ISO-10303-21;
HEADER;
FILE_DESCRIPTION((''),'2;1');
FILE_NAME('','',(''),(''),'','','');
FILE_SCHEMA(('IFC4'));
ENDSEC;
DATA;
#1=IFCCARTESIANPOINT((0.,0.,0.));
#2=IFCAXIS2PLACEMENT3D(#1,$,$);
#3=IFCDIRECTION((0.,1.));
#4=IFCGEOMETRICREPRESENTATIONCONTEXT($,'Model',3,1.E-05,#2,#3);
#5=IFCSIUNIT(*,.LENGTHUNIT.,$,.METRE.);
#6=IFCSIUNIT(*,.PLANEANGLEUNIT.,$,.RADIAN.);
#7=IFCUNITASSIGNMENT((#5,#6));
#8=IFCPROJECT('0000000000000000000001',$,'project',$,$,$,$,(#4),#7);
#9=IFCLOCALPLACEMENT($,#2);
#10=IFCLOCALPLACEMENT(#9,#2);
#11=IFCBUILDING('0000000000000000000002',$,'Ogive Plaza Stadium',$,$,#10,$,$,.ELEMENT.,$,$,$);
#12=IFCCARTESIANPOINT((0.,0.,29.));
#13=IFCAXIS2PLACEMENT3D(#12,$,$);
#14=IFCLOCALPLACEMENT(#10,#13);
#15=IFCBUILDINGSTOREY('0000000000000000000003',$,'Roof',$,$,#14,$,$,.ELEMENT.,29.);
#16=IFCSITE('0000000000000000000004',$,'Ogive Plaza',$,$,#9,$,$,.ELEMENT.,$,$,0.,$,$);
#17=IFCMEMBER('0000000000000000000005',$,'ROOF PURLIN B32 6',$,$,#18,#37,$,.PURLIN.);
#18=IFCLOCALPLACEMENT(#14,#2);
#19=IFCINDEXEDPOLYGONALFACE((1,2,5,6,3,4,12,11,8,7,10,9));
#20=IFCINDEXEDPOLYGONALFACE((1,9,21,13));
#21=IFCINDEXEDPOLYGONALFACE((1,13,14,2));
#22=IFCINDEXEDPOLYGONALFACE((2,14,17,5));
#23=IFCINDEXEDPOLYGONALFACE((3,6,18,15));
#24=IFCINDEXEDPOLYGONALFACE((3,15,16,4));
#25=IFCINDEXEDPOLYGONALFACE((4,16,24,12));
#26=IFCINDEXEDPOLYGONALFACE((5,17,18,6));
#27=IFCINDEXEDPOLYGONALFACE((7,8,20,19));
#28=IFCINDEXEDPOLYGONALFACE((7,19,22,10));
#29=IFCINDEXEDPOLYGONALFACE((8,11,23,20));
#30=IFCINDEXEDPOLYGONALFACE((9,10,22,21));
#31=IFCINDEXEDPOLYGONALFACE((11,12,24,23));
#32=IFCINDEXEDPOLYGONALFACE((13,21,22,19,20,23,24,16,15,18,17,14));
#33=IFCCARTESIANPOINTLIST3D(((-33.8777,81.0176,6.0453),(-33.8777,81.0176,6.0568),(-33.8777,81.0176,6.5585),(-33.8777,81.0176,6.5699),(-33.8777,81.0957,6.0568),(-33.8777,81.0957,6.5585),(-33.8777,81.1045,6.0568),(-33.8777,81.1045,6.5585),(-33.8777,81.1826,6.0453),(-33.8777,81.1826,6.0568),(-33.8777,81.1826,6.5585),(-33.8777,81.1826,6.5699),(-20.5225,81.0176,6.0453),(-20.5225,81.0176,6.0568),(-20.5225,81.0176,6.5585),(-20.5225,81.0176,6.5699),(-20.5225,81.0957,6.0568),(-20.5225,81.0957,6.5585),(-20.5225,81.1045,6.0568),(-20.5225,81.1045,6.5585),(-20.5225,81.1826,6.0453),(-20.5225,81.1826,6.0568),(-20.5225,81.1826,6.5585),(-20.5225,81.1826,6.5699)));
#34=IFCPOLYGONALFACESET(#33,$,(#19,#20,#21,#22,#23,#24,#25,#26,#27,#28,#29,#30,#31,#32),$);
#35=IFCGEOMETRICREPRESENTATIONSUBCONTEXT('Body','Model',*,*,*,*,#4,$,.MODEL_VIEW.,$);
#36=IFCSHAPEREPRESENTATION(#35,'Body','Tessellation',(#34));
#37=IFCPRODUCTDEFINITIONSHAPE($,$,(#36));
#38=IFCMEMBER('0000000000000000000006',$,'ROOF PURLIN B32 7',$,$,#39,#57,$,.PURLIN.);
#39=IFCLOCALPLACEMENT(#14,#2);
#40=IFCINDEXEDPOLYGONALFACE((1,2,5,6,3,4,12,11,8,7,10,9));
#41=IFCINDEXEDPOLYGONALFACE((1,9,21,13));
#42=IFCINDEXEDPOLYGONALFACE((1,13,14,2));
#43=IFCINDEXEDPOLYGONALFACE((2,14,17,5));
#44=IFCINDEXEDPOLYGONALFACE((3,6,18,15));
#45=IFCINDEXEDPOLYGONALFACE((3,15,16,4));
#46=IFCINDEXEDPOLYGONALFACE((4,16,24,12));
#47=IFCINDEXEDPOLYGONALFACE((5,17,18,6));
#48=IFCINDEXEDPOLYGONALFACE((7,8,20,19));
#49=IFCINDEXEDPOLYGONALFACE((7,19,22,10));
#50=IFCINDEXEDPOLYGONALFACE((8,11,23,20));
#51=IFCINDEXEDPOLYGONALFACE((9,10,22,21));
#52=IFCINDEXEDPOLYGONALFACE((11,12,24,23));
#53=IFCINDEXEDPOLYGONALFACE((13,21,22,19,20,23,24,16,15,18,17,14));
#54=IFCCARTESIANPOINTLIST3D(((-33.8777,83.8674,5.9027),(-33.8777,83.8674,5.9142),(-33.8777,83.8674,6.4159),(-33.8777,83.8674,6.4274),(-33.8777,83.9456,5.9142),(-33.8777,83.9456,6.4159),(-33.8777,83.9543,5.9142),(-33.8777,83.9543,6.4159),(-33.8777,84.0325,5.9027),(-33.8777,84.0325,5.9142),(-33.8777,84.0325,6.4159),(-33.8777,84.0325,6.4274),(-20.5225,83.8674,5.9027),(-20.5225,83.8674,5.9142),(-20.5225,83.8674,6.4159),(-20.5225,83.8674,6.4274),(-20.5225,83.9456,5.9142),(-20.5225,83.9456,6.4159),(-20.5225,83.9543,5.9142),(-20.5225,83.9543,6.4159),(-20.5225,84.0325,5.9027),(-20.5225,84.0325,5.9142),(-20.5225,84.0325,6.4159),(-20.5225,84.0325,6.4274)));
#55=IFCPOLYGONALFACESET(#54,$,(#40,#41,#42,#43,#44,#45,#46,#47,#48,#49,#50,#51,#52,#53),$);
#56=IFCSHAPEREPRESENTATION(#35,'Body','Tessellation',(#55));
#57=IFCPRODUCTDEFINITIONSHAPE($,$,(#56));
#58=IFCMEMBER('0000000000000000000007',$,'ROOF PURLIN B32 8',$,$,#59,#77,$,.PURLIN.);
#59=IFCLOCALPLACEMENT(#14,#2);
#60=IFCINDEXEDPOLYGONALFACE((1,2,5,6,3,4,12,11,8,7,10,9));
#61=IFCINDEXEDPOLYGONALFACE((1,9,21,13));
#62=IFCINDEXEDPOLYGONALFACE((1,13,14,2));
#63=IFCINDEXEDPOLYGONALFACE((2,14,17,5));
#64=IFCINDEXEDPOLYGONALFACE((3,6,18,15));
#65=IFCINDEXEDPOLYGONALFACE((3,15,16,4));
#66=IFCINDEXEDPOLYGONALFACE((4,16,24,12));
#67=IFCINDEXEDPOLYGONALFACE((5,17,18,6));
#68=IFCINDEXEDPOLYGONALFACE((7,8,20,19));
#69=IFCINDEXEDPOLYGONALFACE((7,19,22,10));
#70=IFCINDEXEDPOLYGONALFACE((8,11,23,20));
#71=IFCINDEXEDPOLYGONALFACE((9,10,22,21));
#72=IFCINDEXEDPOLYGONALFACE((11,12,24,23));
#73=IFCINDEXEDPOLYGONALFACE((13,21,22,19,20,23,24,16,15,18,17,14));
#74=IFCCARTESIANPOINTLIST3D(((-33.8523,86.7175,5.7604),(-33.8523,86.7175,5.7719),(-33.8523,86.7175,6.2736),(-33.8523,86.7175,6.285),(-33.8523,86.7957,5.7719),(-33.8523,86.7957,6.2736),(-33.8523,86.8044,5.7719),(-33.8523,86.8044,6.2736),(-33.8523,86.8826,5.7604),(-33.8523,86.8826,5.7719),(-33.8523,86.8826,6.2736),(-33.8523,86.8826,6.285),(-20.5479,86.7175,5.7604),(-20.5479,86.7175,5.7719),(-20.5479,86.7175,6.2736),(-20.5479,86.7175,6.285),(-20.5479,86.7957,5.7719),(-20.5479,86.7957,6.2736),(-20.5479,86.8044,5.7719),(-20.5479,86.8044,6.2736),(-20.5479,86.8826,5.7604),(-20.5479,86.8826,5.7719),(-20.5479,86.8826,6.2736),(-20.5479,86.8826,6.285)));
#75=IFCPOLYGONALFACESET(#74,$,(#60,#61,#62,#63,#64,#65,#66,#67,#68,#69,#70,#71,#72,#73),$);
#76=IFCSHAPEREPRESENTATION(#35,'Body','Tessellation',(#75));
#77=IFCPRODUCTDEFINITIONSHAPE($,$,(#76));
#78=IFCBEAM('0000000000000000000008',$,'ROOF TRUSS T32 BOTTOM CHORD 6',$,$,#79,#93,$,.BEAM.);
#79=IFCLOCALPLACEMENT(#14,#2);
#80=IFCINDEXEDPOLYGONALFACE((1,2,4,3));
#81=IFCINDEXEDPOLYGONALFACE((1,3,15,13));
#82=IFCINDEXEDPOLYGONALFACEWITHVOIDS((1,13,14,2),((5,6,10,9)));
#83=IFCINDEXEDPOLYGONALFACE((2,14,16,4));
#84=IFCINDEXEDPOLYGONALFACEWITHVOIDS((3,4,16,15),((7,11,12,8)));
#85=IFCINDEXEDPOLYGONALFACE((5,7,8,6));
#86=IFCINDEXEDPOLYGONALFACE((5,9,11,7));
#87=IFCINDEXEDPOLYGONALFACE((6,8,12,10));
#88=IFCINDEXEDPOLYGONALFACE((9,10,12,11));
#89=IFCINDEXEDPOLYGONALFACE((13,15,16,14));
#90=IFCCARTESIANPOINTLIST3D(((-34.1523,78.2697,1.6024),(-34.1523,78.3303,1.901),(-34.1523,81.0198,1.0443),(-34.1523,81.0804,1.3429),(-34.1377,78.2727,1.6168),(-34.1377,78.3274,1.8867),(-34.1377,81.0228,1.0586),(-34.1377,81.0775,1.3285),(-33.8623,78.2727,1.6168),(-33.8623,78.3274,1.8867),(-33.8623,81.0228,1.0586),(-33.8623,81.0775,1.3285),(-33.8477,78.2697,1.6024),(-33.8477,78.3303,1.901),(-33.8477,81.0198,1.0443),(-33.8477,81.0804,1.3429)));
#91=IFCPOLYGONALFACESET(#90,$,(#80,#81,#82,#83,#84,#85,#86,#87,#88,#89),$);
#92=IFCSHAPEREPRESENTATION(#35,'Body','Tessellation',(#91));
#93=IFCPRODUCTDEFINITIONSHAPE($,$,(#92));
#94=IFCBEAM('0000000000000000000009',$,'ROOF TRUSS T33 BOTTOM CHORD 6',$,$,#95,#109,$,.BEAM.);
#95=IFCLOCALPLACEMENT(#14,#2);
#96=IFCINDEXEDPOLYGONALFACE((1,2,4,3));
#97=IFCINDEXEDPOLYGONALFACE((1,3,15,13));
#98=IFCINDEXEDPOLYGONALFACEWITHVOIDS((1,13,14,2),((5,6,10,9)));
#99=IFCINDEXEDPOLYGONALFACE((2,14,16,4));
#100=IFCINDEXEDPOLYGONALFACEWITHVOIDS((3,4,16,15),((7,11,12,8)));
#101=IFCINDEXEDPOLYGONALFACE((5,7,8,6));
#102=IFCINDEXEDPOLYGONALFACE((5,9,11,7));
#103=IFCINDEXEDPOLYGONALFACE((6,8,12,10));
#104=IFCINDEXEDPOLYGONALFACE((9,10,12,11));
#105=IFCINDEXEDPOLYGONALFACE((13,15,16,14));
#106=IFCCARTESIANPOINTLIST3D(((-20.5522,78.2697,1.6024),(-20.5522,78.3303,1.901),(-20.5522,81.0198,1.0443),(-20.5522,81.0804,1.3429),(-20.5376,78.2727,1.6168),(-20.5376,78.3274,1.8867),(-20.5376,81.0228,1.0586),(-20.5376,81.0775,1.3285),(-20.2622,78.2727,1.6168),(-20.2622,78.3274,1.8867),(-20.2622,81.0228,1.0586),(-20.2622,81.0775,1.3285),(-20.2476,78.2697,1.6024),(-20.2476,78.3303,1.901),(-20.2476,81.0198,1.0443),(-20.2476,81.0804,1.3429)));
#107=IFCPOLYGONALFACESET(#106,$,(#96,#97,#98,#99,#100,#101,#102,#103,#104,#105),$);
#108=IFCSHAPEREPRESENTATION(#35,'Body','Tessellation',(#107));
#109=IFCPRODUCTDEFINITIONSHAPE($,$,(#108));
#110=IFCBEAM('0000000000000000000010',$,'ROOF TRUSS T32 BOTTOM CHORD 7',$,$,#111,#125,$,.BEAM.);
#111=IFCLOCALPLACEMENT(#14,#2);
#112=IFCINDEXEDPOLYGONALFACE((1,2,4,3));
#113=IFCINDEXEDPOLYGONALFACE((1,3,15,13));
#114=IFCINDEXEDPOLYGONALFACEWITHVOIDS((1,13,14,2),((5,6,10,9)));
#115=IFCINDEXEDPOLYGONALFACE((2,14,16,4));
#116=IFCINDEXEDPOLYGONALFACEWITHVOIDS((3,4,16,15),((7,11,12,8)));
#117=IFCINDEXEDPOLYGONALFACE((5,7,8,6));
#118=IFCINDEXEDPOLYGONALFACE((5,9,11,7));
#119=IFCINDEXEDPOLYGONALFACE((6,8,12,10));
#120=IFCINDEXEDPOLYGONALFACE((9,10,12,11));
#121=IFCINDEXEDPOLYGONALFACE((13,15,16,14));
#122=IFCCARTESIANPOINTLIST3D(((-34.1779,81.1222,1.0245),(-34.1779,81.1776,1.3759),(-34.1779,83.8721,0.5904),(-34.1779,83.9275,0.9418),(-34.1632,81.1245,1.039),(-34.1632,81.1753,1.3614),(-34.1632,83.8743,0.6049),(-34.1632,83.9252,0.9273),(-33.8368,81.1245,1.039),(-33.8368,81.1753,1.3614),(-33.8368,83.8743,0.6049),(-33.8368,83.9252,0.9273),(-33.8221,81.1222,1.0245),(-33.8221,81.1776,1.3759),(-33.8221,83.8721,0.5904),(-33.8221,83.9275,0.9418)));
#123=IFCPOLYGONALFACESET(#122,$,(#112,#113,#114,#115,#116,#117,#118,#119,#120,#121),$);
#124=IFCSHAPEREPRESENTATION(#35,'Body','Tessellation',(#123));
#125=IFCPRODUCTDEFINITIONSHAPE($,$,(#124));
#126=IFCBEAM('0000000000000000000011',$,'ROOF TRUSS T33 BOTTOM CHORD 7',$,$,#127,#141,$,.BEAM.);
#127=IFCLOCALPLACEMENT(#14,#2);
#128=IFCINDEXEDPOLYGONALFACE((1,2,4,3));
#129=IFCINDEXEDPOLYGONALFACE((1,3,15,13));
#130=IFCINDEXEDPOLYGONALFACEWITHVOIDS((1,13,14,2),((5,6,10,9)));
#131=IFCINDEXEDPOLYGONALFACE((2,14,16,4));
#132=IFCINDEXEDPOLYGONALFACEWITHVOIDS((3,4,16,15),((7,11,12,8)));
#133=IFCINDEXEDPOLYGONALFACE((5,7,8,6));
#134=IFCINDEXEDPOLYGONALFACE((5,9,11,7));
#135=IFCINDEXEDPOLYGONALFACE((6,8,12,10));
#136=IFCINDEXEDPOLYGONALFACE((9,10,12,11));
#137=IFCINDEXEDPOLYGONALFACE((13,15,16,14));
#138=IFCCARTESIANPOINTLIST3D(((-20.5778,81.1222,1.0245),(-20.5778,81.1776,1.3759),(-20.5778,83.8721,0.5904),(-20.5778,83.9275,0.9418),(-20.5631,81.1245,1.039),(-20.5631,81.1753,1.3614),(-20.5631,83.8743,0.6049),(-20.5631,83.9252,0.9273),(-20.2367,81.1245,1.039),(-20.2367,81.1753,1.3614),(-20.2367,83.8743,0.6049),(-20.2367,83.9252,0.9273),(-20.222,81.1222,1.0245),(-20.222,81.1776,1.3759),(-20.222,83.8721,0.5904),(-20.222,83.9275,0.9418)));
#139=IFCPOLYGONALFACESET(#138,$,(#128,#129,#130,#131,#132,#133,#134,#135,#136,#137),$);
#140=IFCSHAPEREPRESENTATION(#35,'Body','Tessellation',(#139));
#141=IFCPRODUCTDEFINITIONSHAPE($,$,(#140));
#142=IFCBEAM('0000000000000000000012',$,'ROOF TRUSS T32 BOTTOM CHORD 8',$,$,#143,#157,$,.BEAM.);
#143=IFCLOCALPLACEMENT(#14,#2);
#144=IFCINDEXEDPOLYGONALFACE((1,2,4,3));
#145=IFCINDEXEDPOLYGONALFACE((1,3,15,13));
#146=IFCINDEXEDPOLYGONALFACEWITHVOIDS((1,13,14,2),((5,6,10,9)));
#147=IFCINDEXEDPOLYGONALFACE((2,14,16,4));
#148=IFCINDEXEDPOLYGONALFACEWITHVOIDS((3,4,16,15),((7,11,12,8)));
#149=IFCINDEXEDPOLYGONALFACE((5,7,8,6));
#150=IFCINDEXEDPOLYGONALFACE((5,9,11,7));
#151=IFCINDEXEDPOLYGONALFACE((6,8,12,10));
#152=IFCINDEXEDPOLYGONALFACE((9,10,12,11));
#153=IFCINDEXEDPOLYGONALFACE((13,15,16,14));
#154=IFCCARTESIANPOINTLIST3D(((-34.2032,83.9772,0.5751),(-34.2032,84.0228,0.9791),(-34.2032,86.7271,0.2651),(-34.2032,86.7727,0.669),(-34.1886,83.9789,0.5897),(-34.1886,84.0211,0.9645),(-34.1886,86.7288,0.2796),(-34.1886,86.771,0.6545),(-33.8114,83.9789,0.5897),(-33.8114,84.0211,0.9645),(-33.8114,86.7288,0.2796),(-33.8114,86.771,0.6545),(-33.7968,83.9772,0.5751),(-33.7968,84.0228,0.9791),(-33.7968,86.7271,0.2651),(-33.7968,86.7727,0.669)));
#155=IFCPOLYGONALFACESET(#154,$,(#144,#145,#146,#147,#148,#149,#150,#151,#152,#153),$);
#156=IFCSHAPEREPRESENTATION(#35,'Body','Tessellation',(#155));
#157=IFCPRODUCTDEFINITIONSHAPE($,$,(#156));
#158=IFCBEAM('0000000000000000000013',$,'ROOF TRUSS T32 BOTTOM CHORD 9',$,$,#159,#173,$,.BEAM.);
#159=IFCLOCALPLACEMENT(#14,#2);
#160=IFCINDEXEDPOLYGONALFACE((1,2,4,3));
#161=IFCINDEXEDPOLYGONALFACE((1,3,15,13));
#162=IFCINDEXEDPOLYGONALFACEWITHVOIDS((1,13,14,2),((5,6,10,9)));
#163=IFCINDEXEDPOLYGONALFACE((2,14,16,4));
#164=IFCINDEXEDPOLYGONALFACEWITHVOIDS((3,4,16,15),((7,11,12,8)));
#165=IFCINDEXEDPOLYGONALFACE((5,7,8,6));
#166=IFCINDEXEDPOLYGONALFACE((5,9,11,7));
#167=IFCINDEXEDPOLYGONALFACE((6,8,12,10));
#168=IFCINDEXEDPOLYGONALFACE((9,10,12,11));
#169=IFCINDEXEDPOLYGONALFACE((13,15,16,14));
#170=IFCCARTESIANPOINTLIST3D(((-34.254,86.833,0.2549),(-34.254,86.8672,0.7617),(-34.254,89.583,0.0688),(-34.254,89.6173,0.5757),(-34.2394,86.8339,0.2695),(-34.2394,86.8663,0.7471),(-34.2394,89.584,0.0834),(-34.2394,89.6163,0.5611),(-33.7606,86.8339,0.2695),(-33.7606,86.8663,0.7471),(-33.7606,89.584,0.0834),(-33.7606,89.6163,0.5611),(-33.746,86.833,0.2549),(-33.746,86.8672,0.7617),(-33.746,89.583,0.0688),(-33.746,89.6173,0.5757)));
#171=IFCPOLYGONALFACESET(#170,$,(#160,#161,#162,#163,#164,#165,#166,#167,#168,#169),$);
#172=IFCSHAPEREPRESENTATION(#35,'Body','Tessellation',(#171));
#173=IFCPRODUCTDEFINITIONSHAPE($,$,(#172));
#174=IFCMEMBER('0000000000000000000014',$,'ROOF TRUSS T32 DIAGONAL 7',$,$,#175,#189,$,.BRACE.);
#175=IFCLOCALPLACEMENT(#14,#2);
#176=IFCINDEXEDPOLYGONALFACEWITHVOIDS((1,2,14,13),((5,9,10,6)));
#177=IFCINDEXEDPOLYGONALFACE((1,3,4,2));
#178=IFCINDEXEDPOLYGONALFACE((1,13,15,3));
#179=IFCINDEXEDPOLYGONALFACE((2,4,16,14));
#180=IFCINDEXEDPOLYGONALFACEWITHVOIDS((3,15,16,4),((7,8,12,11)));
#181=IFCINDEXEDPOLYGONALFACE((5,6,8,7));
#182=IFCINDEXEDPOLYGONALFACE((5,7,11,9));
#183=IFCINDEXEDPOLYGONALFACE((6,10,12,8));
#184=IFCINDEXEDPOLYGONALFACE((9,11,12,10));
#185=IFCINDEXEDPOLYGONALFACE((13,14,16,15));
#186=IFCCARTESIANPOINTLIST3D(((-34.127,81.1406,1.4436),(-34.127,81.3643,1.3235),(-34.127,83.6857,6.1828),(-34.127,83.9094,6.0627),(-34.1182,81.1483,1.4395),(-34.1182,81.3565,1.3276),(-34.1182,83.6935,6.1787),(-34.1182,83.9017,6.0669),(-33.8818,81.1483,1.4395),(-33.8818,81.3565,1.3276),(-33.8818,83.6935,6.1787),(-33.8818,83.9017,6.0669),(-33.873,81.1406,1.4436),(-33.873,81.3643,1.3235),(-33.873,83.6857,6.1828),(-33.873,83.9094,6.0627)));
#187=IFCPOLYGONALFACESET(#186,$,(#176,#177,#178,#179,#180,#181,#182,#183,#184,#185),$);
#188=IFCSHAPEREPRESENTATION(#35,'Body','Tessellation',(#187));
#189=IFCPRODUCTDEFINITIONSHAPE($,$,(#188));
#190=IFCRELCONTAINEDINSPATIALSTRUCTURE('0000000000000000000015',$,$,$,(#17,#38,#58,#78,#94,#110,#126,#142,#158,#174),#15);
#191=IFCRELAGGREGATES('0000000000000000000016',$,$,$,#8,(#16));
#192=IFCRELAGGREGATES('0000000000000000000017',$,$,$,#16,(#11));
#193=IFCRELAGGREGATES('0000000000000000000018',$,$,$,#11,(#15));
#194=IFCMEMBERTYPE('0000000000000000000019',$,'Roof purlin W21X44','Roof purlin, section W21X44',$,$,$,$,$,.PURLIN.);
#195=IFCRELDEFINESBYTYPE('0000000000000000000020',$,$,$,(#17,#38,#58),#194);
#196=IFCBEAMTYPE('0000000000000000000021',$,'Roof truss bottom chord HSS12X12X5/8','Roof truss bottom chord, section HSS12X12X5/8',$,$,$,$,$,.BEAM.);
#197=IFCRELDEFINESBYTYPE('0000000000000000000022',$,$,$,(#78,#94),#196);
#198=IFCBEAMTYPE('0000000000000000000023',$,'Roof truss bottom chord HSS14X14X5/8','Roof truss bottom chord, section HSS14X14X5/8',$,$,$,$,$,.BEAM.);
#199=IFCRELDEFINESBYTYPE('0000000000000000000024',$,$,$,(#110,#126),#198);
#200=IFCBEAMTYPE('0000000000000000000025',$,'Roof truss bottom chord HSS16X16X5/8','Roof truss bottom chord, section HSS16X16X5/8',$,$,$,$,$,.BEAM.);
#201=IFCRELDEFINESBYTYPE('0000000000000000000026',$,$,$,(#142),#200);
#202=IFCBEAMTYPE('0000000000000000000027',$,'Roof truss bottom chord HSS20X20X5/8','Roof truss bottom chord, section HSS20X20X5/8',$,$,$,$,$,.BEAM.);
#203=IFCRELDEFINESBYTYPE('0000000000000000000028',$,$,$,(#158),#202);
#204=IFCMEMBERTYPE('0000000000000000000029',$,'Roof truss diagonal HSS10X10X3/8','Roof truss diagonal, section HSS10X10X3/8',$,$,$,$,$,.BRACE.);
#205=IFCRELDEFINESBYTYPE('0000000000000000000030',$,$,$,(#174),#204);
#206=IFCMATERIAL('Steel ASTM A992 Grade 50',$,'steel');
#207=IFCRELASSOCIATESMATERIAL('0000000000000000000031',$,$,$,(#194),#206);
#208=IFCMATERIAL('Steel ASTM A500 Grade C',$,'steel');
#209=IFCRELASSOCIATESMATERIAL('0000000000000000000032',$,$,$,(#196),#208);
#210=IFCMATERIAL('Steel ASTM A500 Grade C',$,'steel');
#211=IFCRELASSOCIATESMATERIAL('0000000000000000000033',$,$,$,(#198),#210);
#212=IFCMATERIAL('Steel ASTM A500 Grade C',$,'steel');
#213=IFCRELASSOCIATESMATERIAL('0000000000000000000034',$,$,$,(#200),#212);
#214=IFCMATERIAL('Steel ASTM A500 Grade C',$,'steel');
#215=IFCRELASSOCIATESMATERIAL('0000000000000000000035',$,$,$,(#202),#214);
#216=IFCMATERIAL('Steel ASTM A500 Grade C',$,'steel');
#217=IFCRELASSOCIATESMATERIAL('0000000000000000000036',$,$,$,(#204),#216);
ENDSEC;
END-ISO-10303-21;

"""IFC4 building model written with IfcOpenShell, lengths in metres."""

from ifc_helpers import new_model, si_unit, direction, frame, origin, origin_2d, place, context, subcontext, project, spatial, hollow_rectangle, i_section, extrude, material, material_profile, profile_set, type_object, element, save


model = new_model("IFC4")

# Units and contexts
model_context = context("Model", 3, precision=1e-05, world=origin(), true_north=direction((0.0, 1.0)))
body_context = subcontext(model_context, "Body", "Model", "MODEL_VIEW")
ifc_project = project(units=[si_unit("LENGTHUNIT", "METRE"), si_unit("PLANEANGLEUNIT", "RADIAN")], contexts=[model_context])

# Site, building, storey
site_placement = place(None, origin())
site = spatial("IfcSite", under=ifc_project, at=site_placement, Name="Ogive Plaza", CompositionType="ELEMENT", RefElevation=0.0)
building_placement = place(site_placement, origin())
building = spatial("IfcBuilding", under=site, at=building_placement, Name="Ogive Plaza Stadium", CompositionType="ELEMENT")
storey_placement = place(building_placement, frame((0.0, 0.0, 29.0)))
storey = spatial("IfcBuildingStorey", under=building, at=storey_placement, Name="Roof", CompositionType="ELEMENT", Elevation=29.0)

# Members
ifc_material_1 = material(Name="Steel ASTM A992 Grade 50", Category="steel")
ifc_material_profile_1 = material_profile(ifc_material_1, i_section(OverallWidth=0.165, OverallDepth=0.5247, WebThickness=0.0088, FlangeThickness=0.0115, at=origin_2d()), Name="W21X44")
ifc_profile_set_1 = profile_set([ifc_material_profile_1], Name="Steel ASTM A992 Grade 50")
member_type_1 = type_object("IfcMemberType", Name="Roof purlin W21X44", Description="Roof purlin, section W21X44", PredefinedType="PURLIN", material=ifc_profile_set_1)
for number, where, z_axis, x_axis, name in (
    (1, (-33.8777, 81.1001, 6.3076), (1.0, 0.0, 0.0), (0.0, 1.0, 0.0), "ROOF PURLIN B32 6"),
    (2, (-33.8777, 83.95, 6.165), (1.0, 0.0, 0.0), (0.0, 1.0, 0.0), "ROOF PURLIN B32 7"),
):
    element("IfcMember", number, at=place(storey_placement, frame(where, z_axis=z_axis, x_axis=x_axis)), inside=storey, type_object=member_type_1, Name=name, PredefinedType="PURLIN", context=body_context, shape_type="SweptSolid", body=[
        extrude(i_section(OverallWidth=0.165, OverallDepth=0.5247, WebThickness=0.0088, FlangeThickness=0.0115, at=origin_2d()), origin(), (0.0, 0.0, 1.0), 13.3552),
    ])
member_1_placement = place(storey_placement, frame((-33.8523, 86.8, 6.0227), z_axis=(1.0, 0.0, 0.0), x_axis=(0.0, 1.0, 0.0)))
element("IfcMember", 3, at=member_1_placement, inside=storey, type_object=member_type_1, Name="ROOF PURLIN B32 8", PredefinedType="PURLIN", context=body_context, shape_type="SweptSolid", body=[
    extrude(i_section(OverallWidth=0.165, OverallDepth=0.5247, WebThickness=0.0088, FlangeThickness=0.0115, at=origin_2d()), origin(), (0.0, 0.0, 1.0), 13.3044),
])

# Beams
ifc_material_2 = material(Name="Steel ASTM A500 Grade C", Category="steel")
ifc_material_profile_2 = material_profile(ifc_material_2, hollow_rectangle(XDim=0.3047, YDim=0.3047, WallThickness=0.0146, at=origin_2d()), Name="HSS12X12X5/8")
ifc_profile_set_2 = profile_set([ifc_material_profile_2], Name="Steel ASTM A500 Grade C")
beam_type_1 = type_object("IfcBeamType", Name="Roof truss bottom chord HSS12X12X5/8", Description="Roof truss bottom chord, section HSS12X12X5/8", PredefinedType="BEAM", material=ifc_profile_set_2)
for number, where, z_axis, x_axis, name in (
    (4, (-34.0, 78.3, 1.7517), (0.0, 0.980021, -0.198893), (-1.0, 0.0, 0.0), "ROOF TRUSS T32 BOTTOM CHORD 6"),
    (5, (-20.3999, 78.3, 1.7517), (0.0, 0.980021, -0.198893), (-1.0, 0.0, 0.0), "ROOF TRUSS T33 BOTTOM CHORD 6"),
):
    element("IfcBeam", number, at=place(storey_placement, frame(where, z_axis=z_axis, x_axis=x_axis)), inside=storey, type_object=beam_type_1, Name=name, PredefinedType="BEAM", context=body_context, shape_type="SweptSolid", body=[
        extrude(hollow_rectangle(XDim=0.3047, YDim=0.3047, WallThickness=0.0146, at=origin_2d()), origin(), (0.0, 0.0, 1.0), 2.8062),
    ])
ifc_material_3 = material(Name="Steel ASTM A500 Grade C", Category="steel")
ifc_material_profile_3 = material_profile(ifc_material_3, hollow_rectangle(XDim=0.3557, YDim=0.3557, WallThickness=0.0146, at=origin_2d()), Name="HSS14X14X5/8")
ifc_profile_set_3 = profile_set([ifc_material_profile_3], Name="Steel ASTM A500 Grade C")
beam_type_2 = type_object("IfcBeamType", Name="Roof truss bottom chord HSS14X14X5/8", Description="Roof truss bottom chord, section HSS14X14X5/8", PredefinedType="BEAM", material=ifc_profile_set_3)
for number, where, z_axis, x_axis, name in (
    (6, (-34.0, 81.1499, 1.2002), (0.0, 0.98777, -0.155918), (-1.0, 0.0, 0.0), "ROOF TRUSS T32 BOTTOM CHORD 7"),
    (7, (-20.3999, 81.1499, 1.2002), (0.0, 0.98777, -0.155918), (-1.0, 0.0, 0.0), "ROOF TRUSS T33 BOTTOM CHORD 7"),
):
    element("IfcBeam", number, at=place(storey_placement, frame(where, z_axis=z_axis, x_axis=x_axis)), inside=storey, type_object=beam_type_2, Name=name, PredefinedType="BEAM", context=body_context, shape_type="SweptSolid", body=[
        extrude(hollow_rectangle(XDim=0.3557, YDim=0.3557, WallThickness=0.0146, at=origin_2d()), origin(), (0.0, 0.0, 1.0), 2.7839),
    ])
ifc_material_4 = material(Name="Steel ASTM A500 Grade C", Category="steel")
ifc_material_profile_4 = material_profile(ifc_material_4, hollow_rectangle(XDim=0.4065, YDim=0.4065, WallThickness=0.0146, at=origin_2d()), Name="HSS16X16X5/8")
ifc_profile_set_4 = profile_set([ifc_material_profile_4], Name="Steel ASTM A500 Grade C")
beam_type_3 = type_object("IfcBeamType", Name="Roof truss bottom chord HSS16X16X5/8", Description="Roof truss bottom chord, section HSS16X16X5/8", PredefinedType="BEAM", material=ifc_profile_set_4)
beam_1_placement = place(storey_placement, frame((-34.0, 84.0, 0.7771), z_axis=(0.0, 0.993704, -0.112039), x_axis=(-1.0, 0.0, 0.0)))
element("IfcBeam", 8, at=beam_1_placement, inside=storey, type_object=beam_type_3, Name="ROOF TRUSS T32 BOTTOM CHORD 8", PredefinedType="BEAM", context=body_context, shape_type="SweptSolid", body=[
    extrude(hollow_rectangle(XDim=0.4065, YDim=0.4065, WallThickness=0.0146, at=origin_2d()), origin(), (0.0, 0.0, 1.0), 2.7673),
])
ifc_material_5 = material(Name="Steel ASTM A500 Grade C", Category="steel")
ifc_material_profile_5 = material_profile(ifc_material_5, hollow_rectangle(XDim=0.5081, YDim=0.5081, WallThickness=0.0146, at=origin_2d()), Name="HSS20X20X5/8")
ifc_profile_set_5 = profile_set([ifc_material_profile_5], Name="Steel ASTM A500 Grade C")
beam_type_4 = type_object("IfcBeamType", Name="Roof truss bottom chord HSS20X20X5/8", Description="Roof truss bottom chord, section HSS20X20X5/8", PredefinedType="BEAM", material=ifc_profile_set_5)
beam_2_placement = place(storey_placement, frame((-34.0, 86.8501, 0.5083), z_axis=(0.0, 0.99772, -0.067495), x_axis=(-1.0, 0.0, 0.0)))
element("IfcBeam", 9, at=beam_2_placement, inside=storey, type_object=beam_type_4, Name="ROOF TRUSS T32 BOTTOM CHORD 9", PredefinedType="BEAM", context=body_context, shape_type="SweptSolid", body=[
    extrude(hollow_rectangle(XDim=0.5081, YDim=0.5081, WallThickness=0.0146, at=origin_2d()), origin(), (0.0, 0.0, 1.0), 2.7563),
])

# Member
ifc_material_6 = material(Name="Steel ASTM A500 Grade C", Category="steel")
ifc_material_profile_6 = material_profile(ifc_material_6, hollow_rectangle(XDim=0.2539, YDim=0.2539, WallThickness=0.0088, at=origin_2d()), Name="HSS10X10X3/8")
ifc_profile_set_6 = profile_set([ifc_material_profile_6], Name="Steel ASTM A500 Grade C")
member_type_2 = type_object("IfcMemberType", Name="Roof truss diagonal HSS10X10X3/8", Description="Roof truss diagonal, section HSS10X10X3/8", PredefinedType="BRACE", material=ifc_profile_set_6)
member_2_placement = place(storey_placement, frame((-34.0, 81.2524, 1.3835), z_axis=(0.0, 0.473128, 0.880994), x_axis=(-1.0, 0.0, 0.0)))
element("IfcMember", 10, at=member_2_placement, inside=storey, type_object=member_type_2, Name="ROOF TRUSS T32 DIAGONAL 7", PredefinedType="BRACE", context=body_context, shape_type="SweptSolid", body=[
    extrude(hollow_rectangle(XDim=0.2539, YDim=0.2539, WallThickness=0.0088, at=origin_2d()), origin(), (0.0, 0.0, 1.0), 5.3794),
])

save(model, "model.ifc")
